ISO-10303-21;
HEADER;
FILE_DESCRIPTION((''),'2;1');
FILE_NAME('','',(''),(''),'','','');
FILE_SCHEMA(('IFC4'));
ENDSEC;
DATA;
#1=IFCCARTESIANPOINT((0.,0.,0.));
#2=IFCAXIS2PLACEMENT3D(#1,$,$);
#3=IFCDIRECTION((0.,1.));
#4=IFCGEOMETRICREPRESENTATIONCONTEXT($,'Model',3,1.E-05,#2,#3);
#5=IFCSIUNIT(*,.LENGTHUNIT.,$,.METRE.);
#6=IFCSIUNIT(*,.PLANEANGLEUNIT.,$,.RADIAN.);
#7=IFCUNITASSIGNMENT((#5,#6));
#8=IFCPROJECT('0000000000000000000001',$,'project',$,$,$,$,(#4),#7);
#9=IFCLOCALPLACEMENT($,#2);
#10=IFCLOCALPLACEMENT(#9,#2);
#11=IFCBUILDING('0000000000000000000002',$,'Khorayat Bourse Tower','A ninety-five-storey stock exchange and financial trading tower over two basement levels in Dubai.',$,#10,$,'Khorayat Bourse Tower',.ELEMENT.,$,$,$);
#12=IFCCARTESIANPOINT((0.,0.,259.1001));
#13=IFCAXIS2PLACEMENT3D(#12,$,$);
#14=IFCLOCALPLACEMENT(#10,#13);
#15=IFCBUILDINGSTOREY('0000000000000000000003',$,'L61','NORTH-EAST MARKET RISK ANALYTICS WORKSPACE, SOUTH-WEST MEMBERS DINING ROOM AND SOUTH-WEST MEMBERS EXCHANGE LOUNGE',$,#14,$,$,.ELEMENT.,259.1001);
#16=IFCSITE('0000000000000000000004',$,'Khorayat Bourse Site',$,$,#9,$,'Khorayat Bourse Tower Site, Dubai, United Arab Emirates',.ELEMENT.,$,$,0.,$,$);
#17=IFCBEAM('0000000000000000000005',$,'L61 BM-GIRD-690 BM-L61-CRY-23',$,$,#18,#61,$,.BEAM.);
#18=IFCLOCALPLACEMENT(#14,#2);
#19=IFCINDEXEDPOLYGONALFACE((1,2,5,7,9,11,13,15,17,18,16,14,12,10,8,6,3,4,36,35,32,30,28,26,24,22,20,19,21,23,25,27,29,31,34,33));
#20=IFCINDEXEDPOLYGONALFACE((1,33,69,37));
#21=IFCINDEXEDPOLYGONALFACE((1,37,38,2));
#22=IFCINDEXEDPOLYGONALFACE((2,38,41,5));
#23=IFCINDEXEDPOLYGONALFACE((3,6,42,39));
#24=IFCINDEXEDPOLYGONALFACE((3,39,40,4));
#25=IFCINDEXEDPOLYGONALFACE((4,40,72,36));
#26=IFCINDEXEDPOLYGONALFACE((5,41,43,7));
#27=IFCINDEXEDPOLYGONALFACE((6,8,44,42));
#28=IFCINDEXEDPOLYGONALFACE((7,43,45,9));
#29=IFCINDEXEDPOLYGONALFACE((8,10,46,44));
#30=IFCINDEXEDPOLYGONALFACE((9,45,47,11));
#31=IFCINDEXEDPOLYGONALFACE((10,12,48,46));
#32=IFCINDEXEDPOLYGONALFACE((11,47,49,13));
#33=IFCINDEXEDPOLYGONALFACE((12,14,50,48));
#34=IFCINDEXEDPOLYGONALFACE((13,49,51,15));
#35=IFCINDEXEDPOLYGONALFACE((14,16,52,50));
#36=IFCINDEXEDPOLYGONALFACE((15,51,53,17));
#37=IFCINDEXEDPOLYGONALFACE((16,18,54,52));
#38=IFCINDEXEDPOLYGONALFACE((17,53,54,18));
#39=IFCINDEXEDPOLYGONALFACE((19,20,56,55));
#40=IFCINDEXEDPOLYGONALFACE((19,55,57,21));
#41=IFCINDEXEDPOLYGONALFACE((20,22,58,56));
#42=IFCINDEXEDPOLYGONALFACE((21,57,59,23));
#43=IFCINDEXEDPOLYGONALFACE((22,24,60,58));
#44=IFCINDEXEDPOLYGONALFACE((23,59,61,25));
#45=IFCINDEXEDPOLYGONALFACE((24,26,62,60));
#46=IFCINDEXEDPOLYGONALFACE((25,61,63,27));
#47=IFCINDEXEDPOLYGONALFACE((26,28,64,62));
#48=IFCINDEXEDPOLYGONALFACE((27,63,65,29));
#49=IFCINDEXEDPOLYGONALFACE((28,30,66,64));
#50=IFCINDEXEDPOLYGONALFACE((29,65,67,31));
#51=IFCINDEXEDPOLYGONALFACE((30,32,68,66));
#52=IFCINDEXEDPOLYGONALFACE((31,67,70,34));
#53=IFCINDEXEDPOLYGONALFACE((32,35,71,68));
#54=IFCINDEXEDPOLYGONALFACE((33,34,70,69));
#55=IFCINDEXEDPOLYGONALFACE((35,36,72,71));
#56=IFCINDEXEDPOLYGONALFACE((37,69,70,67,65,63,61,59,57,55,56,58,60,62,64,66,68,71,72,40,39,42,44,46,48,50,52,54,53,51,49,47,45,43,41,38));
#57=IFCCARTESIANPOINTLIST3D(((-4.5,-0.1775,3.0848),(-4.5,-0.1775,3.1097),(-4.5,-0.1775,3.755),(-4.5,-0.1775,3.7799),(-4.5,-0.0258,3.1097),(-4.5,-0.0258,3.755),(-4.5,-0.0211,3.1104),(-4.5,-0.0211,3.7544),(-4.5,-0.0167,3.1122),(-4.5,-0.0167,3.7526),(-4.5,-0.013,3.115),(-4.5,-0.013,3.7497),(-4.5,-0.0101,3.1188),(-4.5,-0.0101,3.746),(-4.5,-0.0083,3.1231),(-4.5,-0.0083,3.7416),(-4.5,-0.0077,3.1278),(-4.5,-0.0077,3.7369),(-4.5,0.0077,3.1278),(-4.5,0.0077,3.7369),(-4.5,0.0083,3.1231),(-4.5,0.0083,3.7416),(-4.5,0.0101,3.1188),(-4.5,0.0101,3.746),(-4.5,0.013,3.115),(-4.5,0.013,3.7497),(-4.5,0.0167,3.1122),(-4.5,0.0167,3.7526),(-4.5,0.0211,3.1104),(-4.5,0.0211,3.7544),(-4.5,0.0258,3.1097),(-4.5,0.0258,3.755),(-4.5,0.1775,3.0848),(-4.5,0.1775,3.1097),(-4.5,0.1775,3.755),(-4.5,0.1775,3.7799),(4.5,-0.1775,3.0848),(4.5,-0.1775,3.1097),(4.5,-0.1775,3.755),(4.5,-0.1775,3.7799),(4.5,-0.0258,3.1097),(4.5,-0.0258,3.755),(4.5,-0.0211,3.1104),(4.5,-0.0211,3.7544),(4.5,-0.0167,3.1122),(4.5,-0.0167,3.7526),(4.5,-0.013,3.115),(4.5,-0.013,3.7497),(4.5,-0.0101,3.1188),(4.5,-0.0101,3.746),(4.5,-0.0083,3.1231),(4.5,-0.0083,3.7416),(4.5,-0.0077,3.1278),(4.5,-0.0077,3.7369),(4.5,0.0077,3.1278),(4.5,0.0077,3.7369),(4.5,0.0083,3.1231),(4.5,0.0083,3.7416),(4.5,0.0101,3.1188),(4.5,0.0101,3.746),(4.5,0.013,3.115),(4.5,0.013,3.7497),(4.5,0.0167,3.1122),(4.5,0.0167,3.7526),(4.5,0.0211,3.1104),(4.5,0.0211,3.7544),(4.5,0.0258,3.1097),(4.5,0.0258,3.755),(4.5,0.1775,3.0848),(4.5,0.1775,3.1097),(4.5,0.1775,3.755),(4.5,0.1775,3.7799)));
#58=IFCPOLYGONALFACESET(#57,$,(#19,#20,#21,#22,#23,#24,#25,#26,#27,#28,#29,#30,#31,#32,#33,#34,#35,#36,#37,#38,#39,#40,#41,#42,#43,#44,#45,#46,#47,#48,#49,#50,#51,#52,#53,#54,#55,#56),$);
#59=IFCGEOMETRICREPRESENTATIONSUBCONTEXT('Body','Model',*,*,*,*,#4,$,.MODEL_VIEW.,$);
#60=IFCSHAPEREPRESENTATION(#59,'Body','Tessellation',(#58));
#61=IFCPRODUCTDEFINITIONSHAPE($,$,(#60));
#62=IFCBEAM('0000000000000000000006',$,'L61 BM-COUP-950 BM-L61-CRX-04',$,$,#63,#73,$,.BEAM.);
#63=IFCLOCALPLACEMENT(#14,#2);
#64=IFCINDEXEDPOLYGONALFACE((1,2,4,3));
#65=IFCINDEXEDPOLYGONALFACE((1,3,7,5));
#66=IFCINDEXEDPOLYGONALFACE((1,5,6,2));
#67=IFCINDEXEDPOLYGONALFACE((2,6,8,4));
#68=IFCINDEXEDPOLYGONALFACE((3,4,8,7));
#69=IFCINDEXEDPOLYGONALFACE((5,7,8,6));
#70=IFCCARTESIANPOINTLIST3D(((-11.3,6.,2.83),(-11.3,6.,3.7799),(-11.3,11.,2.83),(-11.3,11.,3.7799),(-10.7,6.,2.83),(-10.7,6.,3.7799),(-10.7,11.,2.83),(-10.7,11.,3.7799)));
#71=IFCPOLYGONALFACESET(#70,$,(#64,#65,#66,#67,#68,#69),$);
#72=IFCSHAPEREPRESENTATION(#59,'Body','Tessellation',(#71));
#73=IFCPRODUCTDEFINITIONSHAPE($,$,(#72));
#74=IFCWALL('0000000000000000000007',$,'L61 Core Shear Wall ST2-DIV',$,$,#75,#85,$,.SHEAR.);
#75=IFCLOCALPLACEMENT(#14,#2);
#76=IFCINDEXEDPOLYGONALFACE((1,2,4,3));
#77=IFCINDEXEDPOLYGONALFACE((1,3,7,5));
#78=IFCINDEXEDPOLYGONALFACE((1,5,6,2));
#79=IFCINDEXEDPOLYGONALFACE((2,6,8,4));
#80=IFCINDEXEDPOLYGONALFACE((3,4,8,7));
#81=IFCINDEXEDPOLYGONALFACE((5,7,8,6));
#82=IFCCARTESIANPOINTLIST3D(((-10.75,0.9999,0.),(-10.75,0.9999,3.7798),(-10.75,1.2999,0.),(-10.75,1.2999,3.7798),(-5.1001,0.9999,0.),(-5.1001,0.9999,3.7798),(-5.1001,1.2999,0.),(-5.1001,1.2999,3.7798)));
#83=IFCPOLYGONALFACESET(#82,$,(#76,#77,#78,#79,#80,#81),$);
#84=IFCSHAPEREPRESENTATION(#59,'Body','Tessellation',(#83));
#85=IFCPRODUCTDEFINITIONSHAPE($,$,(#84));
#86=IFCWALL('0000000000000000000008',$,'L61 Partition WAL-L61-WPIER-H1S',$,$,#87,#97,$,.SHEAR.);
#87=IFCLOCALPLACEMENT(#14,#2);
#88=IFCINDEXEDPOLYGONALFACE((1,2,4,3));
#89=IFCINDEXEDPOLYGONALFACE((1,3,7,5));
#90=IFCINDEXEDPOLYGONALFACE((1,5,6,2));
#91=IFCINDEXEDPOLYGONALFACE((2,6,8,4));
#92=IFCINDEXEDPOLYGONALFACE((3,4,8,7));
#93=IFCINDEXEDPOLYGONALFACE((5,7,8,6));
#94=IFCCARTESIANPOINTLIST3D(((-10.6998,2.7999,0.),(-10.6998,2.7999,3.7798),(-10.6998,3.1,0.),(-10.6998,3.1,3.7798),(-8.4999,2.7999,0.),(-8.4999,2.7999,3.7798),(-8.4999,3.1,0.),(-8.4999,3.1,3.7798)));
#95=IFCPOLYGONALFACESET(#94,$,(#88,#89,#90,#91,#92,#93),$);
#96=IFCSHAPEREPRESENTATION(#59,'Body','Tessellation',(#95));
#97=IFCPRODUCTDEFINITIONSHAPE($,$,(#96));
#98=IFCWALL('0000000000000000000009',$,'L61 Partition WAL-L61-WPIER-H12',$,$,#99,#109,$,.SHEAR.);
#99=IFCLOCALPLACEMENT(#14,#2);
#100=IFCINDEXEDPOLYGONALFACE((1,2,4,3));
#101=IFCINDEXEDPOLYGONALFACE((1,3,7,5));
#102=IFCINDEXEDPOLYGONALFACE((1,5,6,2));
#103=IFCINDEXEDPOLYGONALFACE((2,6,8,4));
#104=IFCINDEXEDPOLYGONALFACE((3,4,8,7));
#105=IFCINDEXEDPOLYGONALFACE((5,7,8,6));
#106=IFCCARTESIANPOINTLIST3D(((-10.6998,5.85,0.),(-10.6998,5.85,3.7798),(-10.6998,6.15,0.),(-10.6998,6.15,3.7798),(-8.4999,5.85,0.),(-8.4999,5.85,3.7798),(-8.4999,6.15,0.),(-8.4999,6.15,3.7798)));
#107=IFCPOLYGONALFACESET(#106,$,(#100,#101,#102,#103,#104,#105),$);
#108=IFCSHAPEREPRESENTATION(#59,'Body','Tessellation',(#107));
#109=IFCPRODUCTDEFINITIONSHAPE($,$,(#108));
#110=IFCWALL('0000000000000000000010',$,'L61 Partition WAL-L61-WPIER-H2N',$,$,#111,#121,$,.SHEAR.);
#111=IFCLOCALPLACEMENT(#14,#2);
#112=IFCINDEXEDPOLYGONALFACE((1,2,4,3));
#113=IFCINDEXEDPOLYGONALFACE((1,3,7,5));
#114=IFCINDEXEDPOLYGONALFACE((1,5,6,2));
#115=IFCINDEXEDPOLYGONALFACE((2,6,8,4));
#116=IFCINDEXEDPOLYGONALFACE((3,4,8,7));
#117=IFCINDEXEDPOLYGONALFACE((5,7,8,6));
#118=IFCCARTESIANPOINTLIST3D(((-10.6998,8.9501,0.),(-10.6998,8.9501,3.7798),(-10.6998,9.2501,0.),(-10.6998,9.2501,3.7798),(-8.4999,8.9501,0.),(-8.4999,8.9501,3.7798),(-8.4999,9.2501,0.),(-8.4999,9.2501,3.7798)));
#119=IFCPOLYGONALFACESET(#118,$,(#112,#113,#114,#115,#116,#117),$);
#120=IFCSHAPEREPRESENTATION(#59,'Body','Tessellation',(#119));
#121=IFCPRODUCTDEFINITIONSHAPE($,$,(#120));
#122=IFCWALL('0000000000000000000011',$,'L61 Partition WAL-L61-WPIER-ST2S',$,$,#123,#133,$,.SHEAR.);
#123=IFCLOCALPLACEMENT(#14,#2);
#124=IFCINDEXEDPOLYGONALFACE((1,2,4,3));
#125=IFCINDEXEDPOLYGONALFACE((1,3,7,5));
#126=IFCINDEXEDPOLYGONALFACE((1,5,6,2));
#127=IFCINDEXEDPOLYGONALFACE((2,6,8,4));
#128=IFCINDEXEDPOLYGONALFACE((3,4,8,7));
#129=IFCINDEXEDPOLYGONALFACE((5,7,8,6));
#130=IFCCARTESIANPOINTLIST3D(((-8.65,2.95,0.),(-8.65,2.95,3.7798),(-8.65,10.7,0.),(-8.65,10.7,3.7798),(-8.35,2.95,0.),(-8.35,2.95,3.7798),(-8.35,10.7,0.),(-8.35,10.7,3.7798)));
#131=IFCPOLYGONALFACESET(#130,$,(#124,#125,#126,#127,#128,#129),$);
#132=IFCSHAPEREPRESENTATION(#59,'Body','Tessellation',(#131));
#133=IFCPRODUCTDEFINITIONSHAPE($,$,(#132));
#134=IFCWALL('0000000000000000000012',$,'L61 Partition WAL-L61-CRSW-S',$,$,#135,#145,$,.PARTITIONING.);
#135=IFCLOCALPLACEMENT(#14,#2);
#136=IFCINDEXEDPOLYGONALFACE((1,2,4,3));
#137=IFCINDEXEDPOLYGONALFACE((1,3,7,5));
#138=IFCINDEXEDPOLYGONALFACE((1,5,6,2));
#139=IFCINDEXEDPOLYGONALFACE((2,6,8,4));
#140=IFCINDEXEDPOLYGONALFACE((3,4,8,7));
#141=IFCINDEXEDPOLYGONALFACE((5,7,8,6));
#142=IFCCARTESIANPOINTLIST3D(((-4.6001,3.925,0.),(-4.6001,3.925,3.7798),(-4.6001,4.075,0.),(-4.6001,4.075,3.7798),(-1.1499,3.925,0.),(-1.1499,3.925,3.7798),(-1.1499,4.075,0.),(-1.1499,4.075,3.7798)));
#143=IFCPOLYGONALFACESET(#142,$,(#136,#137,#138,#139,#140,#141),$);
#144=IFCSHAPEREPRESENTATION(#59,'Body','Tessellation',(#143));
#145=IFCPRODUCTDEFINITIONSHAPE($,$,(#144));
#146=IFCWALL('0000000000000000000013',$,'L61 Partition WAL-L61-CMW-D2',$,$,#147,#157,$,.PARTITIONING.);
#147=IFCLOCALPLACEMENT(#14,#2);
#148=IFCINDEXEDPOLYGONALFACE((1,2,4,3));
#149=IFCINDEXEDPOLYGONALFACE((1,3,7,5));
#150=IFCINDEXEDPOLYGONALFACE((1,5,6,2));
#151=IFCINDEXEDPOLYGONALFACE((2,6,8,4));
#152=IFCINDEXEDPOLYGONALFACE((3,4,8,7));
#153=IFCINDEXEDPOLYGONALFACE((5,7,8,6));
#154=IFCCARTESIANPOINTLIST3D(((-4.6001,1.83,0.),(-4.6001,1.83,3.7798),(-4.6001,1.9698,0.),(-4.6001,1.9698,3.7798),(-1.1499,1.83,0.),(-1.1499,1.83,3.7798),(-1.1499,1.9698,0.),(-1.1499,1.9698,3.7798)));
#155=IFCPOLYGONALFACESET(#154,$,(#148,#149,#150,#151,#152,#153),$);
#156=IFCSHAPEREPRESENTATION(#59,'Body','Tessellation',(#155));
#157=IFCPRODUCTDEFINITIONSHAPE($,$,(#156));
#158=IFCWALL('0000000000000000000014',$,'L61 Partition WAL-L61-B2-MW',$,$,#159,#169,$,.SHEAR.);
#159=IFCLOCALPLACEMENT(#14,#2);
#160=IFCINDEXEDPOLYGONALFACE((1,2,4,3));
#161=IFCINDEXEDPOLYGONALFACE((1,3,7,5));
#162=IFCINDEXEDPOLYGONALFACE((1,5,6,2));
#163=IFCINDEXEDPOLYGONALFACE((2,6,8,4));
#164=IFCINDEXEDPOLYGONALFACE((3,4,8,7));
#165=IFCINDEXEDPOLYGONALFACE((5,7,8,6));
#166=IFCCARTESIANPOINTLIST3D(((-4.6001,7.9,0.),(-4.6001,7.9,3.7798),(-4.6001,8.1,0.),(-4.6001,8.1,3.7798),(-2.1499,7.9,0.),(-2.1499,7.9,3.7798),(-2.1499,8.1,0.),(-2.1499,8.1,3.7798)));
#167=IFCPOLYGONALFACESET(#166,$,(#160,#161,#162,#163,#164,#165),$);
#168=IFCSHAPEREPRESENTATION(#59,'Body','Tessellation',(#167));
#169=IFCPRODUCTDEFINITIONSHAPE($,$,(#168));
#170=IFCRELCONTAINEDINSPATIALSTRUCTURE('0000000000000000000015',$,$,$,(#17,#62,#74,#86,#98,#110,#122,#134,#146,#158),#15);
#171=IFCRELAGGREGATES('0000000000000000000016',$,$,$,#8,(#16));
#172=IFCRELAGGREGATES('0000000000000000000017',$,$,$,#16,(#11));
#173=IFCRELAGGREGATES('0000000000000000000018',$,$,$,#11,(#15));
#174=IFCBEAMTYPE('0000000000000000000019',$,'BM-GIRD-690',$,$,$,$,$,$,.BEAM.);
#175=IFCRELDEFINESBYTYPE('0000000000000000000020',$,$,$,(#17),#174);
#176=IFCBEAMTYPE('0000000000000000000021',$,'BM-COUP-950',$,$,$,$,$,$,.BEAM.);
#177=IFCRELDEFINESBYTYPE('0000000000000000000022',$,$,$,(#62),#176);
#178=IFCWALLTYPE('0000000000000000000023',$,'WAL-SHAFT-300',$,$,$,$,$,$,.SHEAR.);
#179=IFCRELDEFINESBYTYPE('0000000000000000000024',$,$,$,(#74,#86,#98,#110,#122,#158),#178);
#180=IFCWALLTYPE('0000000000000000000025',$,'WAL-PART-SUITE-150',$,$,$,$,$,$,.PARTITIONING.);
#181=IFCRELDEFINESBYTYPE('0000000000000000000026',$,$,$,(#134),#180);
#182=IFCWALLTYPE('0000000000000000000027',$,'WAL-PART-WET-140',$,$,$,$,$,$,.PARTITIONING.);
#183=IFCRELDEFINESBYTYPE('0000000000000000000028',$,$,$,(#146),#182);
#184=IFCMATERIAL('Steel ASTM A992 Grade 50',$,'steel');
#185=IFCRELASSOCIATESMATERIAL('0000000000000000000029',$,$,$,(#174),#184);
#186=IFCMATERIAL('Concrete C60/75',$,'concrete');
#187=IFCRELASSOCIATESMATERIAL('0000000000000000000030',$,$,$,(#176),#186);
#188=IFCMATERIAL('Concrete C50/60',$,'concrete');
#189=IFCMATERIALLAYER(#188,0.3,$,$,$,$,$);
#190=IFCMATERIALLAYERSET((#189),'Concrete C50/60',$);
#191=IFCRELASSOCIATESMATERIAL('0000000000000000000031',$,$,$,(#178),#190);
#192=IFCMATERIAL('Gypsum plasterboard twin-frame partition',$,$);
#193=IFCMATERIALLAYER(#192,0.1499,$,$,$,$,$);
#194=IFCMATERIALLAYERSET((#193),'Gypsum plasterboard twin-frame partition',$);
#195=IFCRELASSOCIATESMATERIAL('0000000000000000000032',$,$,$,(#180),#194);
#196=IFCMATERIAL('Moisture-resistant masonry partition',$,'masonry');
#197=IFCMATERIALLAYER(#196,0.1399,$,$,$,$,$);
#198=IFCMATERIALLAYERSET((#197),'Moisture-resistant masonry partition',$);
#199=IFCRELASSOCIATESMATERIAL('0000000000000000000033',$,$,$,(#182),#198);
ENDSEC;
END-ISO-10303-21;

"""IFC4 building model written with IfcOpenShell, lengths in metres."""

from ifc_helpers import new_model, si_unit, direction, frame, frame_2d, origin, origin_2d, place, context, subcontext, project, spatial, rectangle, i_section, extrude, source, transform, mapped, material, layer, layer_set, material_profile, profile_set, type_object, element, save


model = new_model("IFC4")

# Units and contexts
model_context = context("Model", 3, precision=1e-05, world=origin(), true_north=direction((0.0, 1.0)))
body_context = subcontext(model_context, "Body", "Model", "MODEL_VIEW")
ifc_project = project(units=[si_unit("LENGTHUNIT", "METRE"), si_unit("PLANEANGLEUNIT", "RADIAN")], contexts=[model_context])

# Site, building, storey
site_placement = place(None, origin())
site = spatial("IfcSite", under=ifc_project, at=site_placement, Name="Khorayat Bourse Site", LongName="Khorayat Bourse Tower Site, Dubai, United Arab Emirates", CompositionType="ELEMENT", RefElevation=0.0)
building_placement = place(site_placement, origin())
building = spatial("IfcBuilding", under=site, at=building_placement, Name="Khorayat Bourse Tower", Description="A ninety-five-storey stock exchange and financial trading tower over two basement levels in Dubai.", LongName="Khorayat Bourse Tower", CompositionType="ELEMENT")
storey_placement = place(building_placement, frame((0.0, 0.0, 259.1001)))
storey = spatial("IfcBuildingStorey", under=building, at=storey_placement, Name="L61", Description="NORTH-EAST MARKET RISK ANALYTICS WORKSPACE, SOUTH-WEST MEMBERS DINING ROOM AND SOUTH-WEST MEMBERS EXCHANGE LOUNGE", CompositionType="ELEMENT", Elevation=259.1001)

# Shared definitions
ifc_material_1 = material(Name="Concrete C60/75", Category="concrete")

# Beams
ifc_material_2 = material(Name="Steel ASTM A992 Grade 50", Category="steel")
ifc_material_profile_1 = material_profile(ifc_material_2, i_section(OverallWidth=0.355, OverallDepth=0.6951, WebThickness=0.0154, FlangeThickness=0.0249, FilletRadius=0.0181, at=origin_2d()), Name="W690X217")
ifc_profile_set_1 = profile_set([ifc_material_profile_1], Name="Steel ASTM A992 Grade 50")
beam_type_1 = type_object("IfcBeamType", Name="BM-GIRD-690", PredefinedType="BEAM", material=ifc_profile_set_1)
shared_shape_1 = source(origin(), body_context, "Body", "SweptSolid", [
    extrude(i_section(OverallWidth=0.355, OverallDepth=0.6951, WebThickness=0.0154, FlangeThickness=0.0249, FilletRadius=0.0181, at=origin_2d()), origin(), (0.0, 0.0, 1.0), 9.0),
])
beam_1_placement = place(storey_placement, frame((-4.5, 0.0, 3.4324), z_axis=(1.0, 0.0, 0.0), x_axis=(0.0, 1.0, 0.0)))
element("IfcBeam", 1, at=beam_1_placement, inside=storey, type_object=beam_type_1, Name="L61 BM-GIRD-690 BM-L61-CRY-23", PredefinedType="BEAM", context=body_context, shape_type="MappedRepresentation", body=[
    mapped(shared_shape_1, transform((0.0, 0.0, 0.0), scale=1.0)),
])
ifc_material_profile_2 = material_profile(ifc_material_1, rectangle(XDim=0.6001, YDim=0.95, at=origin_2d()), Name="RC 600x950")
ifc_profile_set_2 = profile_set([ifc_material_profile_2], Name="Concrete C60/75")
beam_type_2 = type_object("IfcBeamType", Name="BM-COUP-950", PredefinedType="BEAM", material=ifc_profile_set_2)
shared_shape_2 = source(origin(), body_context, "Body", "SweptSolid", [
    extrude(rectangle(XDim=0.6001, YDim=0.95, at=origin_2d()), origin(), (0.0, 0.0, 1.0), 5.0),
])
beam_2_placement = place(storey_placement, frame((-11.0, 6.0, 3.3049), z_axis=(0.0, 1.0, 0.0), x_axis=(-1.0, 0.0, 0.0)))
element("IfcBeam", 2, at=beam_2_placement, inside=storey, type_object=beam_type_2, Name="L61 BM-COUP-950 BM-L61-CRX-04", PredefinedType="BEAM", context=body_context, shape_type="MappedRepresentation", body=[
    mapped(shared_shape_2, transform((0.0, 0.0, 0.0), scale=1.0)),
])

# Walls
ifc_material_3 = material(Name="Concrete C50/60", Category="concrete")
ifc_layer_1 = layer(ifc_material_3, 0.3)
ifc_layer_set_1 = layer_set([ifc_layer_1], Name="Concrete C50/60")
wall_type_1 = type_object("IfcWallType", Name="WAL-SHAFT-300", PredefinedType="SHEAR", material=ifc_layer_set_1)
shared_shape_3 = source(origin(), body_context, "Body", "SweptSolid", [
    extrude(rectangle(XDim=5.6499, YDim=0.3, at=frame_2d((2.825, 0.0))), origin(), (0.0, 0.0, 1.0), 3.7798),
])
wall_1_placement = place(storey_placement, frame((-10.75, 1.1499, 0.0), z_axis=(0.0, 0.0, 1.0), x_axis=(1.0, 0.0, 0.0)))
element("IfcWall", 3, at=wall_1_placement, inside=storey, type_object=wall_type_1, Name="L61 Core Shear Wall ST2-DIV", PredefinedType="SHEAR", context=body_context, shape_type="MappedRepresentation", body=[
    mapped(shared_shape_3, transform((0.0, 0.0, 0.0), scale=1.0)),
])
shared_shape_4 = source(origin(), body_context, "Body", "SweptSolid", [
    extrude(rectangle(XDim=2.2, YDim=0.3, at=frame_2d((1.1001, 0.0))), origin(), (0.0, 0.0, 1.0), 3.7798),
])
for number, where, z_axis, x_axis, name in (
    (4, (-10.7, 2.95, 0.0), (0.0, 0.0, 1.0), (1.0, 0.0, 0.0), "L61 Partition WAL-L61-WPIER-H1S"),
    (5, (-10.7, 6.0, 0.0), (0.0, 0.0, 1.0), (1.0, 0.0, 0.0), "L61 Partition WAL-L61-WPIER-H12"),
    (6, (-10.7, 9.1001, 0.0), (0.0, 0.0, 1.0), (1.0, 0.0, 0.0), "L61 Partition WAL-L61-WPIER-H2N"),
):
    element("IfcWall", number, at=place(storey_placement, frame(where, z_axis=z_axis, x_axis=x_axis)), inside=storey, type_object=wall_type_1, Name=name, PredefinedType="SHEAR", context=body_context, shape_type="MappedRepresentation", body=[
        mapped(shared_shape_4, transform((0.0, 0.0, 0.0), scale=1.0)),
    ])
shared_shape_5 = source(origin(), body_context, "Body", "SweptSolid", [
    extrude(rectangle(XDim=7.75, YDim=0.3, at=frame_2d((3.875, 0.0))), origin(), (0.0, 0.0, 1.0), 3.7798),
])
wall_2_placement = place(storey_placement, frame((-8.5, 2.95, 0.0), z_axis=(0.0, 0.0, 1.0), x_axis=(0.0, 1.0, 0.0)))
element("IfcWall", 7, at=wall_2_placement, inside=storey, type_object=wall_type_1, Name="L61 Partition WAL-L61-WPIER-ST2S", PredefinedType="SHEAR", context=body_context, shape_type="MappedRepresentation", body=[
    mapped(shared_shape_5, transform((0.0, 0.0, 0.0), scale=1.0)),
])
ifc_material_4 = material(Name="Gypsum plasterboard twin-frame partition")
ifc_layer_2 = layer(ifc_material_4, 0.1499)
ifc_layer_set_2 = layer_set([ifc_layer_2], Name="Gypsum plasterboard twin-frame partition")
wall_type_2 = type_object("IfcWallType", Name="WAL-PART-SUITE-150", PredefinedType="PARTITIONING", material=ifc_layer_set_2)
shared_shape_6 = source(origin(), body_context, "Body", "SweptSolid", [
    extrude(rectangle(XDim=3.4502, YDim=0.1499, at=frame_2d((1.7251, 0.0))), origin(), (0.0, 0.0, 1.0), 3.7798),
])
wall_3_placement = place(storey_placement, frame((-4.6001, 4.0, 0.0), z_axis=(0.0, 0.0, 1.0), x_axis=(1.0, 0.0, 0.0)))
element("IfcWall", 8, at=wall_3_placement, inside=storey, type_object=wall_type_2, Name="L61 Partition WAL-L61-CRSW-S", PredefinedType="PARTITIONING", context=body_context, shape_type="MappedRepresentation", body=[
    mapped(shared_shape_6, transform((0.0, 0.0, 0.0), scale=1.0)),
])
ifc_material_5 = material(Name="Moisture-resistant masonry partition", Category="masonry")
ifc_layer_3 = layer(ifc_material_5, 0.1399)
ifc_layer_set_3 = layer_set([ifc_layer_3], Name="Moisture-resistant masonry partition")
wall_type_3 = type_object("IfcWallType", Name="WAL-PART-WET-140", PredefinedType="PARTITIONING", material=ifc_layer_set_3)
shared_shape_7 = source(origin(), body_context, "Body", "SweptSolid", [
    extrude(rectangle(XDim=3.4502, YDim=0.1399, at=frame_2d((1.7251, 0.0))), origin(), (0.0, 0.0, 1.0), 3.7798),
])
wall_4_placement = place(storey_placement, frame((-4.6001, 1.8999, 0.0), z_axis=(0.0, 0.0, 1.0), x_axis=(1.0, 0.0, 0.0)))
element("IfcWall", 9, at=wall_4_placement, inside=storey, type_object=wall_type_3, Name="L61 Partition WAL-L61-CMW-D2", PredefinedType="PARTITIONING", context=body_context, shape_type="MappedRepresentation", body=[
    mapped(shared_shape_7, transform((0.0, 0.0, 0.0), scale=1.0)),
])
shared_shape_8 = source(origin(), body_context, "Body", "SweptSolid", [
    extrude(rectangle(XDim=2.4502, YDim=0.2, at=frame_2d((1.2251, 0.0))), origin(), (0.0, 0.0, 1.0), 3.7798),
])
wall_5_placement = place(storey_placement, frame((-4.6001, 8.0, 0.0), z_axis=(0.0, 0.0, 1.0), x_axis=(1.0, 0.0, 0.0)))
element("IfcWall", 10, at=wall_5_placement, inside=storey, type_object=wall_type_1, Name="L61 Partition WAL-L61-B2-MW", PredefinedType="SHEAR", context=body_context, shape_type="MappedRepresentation", body=[
    mapped(shared_shape_8, transform((0.0, 0.0, 0.0), scale=1.0)),
])

save(model, "model.ifc")
